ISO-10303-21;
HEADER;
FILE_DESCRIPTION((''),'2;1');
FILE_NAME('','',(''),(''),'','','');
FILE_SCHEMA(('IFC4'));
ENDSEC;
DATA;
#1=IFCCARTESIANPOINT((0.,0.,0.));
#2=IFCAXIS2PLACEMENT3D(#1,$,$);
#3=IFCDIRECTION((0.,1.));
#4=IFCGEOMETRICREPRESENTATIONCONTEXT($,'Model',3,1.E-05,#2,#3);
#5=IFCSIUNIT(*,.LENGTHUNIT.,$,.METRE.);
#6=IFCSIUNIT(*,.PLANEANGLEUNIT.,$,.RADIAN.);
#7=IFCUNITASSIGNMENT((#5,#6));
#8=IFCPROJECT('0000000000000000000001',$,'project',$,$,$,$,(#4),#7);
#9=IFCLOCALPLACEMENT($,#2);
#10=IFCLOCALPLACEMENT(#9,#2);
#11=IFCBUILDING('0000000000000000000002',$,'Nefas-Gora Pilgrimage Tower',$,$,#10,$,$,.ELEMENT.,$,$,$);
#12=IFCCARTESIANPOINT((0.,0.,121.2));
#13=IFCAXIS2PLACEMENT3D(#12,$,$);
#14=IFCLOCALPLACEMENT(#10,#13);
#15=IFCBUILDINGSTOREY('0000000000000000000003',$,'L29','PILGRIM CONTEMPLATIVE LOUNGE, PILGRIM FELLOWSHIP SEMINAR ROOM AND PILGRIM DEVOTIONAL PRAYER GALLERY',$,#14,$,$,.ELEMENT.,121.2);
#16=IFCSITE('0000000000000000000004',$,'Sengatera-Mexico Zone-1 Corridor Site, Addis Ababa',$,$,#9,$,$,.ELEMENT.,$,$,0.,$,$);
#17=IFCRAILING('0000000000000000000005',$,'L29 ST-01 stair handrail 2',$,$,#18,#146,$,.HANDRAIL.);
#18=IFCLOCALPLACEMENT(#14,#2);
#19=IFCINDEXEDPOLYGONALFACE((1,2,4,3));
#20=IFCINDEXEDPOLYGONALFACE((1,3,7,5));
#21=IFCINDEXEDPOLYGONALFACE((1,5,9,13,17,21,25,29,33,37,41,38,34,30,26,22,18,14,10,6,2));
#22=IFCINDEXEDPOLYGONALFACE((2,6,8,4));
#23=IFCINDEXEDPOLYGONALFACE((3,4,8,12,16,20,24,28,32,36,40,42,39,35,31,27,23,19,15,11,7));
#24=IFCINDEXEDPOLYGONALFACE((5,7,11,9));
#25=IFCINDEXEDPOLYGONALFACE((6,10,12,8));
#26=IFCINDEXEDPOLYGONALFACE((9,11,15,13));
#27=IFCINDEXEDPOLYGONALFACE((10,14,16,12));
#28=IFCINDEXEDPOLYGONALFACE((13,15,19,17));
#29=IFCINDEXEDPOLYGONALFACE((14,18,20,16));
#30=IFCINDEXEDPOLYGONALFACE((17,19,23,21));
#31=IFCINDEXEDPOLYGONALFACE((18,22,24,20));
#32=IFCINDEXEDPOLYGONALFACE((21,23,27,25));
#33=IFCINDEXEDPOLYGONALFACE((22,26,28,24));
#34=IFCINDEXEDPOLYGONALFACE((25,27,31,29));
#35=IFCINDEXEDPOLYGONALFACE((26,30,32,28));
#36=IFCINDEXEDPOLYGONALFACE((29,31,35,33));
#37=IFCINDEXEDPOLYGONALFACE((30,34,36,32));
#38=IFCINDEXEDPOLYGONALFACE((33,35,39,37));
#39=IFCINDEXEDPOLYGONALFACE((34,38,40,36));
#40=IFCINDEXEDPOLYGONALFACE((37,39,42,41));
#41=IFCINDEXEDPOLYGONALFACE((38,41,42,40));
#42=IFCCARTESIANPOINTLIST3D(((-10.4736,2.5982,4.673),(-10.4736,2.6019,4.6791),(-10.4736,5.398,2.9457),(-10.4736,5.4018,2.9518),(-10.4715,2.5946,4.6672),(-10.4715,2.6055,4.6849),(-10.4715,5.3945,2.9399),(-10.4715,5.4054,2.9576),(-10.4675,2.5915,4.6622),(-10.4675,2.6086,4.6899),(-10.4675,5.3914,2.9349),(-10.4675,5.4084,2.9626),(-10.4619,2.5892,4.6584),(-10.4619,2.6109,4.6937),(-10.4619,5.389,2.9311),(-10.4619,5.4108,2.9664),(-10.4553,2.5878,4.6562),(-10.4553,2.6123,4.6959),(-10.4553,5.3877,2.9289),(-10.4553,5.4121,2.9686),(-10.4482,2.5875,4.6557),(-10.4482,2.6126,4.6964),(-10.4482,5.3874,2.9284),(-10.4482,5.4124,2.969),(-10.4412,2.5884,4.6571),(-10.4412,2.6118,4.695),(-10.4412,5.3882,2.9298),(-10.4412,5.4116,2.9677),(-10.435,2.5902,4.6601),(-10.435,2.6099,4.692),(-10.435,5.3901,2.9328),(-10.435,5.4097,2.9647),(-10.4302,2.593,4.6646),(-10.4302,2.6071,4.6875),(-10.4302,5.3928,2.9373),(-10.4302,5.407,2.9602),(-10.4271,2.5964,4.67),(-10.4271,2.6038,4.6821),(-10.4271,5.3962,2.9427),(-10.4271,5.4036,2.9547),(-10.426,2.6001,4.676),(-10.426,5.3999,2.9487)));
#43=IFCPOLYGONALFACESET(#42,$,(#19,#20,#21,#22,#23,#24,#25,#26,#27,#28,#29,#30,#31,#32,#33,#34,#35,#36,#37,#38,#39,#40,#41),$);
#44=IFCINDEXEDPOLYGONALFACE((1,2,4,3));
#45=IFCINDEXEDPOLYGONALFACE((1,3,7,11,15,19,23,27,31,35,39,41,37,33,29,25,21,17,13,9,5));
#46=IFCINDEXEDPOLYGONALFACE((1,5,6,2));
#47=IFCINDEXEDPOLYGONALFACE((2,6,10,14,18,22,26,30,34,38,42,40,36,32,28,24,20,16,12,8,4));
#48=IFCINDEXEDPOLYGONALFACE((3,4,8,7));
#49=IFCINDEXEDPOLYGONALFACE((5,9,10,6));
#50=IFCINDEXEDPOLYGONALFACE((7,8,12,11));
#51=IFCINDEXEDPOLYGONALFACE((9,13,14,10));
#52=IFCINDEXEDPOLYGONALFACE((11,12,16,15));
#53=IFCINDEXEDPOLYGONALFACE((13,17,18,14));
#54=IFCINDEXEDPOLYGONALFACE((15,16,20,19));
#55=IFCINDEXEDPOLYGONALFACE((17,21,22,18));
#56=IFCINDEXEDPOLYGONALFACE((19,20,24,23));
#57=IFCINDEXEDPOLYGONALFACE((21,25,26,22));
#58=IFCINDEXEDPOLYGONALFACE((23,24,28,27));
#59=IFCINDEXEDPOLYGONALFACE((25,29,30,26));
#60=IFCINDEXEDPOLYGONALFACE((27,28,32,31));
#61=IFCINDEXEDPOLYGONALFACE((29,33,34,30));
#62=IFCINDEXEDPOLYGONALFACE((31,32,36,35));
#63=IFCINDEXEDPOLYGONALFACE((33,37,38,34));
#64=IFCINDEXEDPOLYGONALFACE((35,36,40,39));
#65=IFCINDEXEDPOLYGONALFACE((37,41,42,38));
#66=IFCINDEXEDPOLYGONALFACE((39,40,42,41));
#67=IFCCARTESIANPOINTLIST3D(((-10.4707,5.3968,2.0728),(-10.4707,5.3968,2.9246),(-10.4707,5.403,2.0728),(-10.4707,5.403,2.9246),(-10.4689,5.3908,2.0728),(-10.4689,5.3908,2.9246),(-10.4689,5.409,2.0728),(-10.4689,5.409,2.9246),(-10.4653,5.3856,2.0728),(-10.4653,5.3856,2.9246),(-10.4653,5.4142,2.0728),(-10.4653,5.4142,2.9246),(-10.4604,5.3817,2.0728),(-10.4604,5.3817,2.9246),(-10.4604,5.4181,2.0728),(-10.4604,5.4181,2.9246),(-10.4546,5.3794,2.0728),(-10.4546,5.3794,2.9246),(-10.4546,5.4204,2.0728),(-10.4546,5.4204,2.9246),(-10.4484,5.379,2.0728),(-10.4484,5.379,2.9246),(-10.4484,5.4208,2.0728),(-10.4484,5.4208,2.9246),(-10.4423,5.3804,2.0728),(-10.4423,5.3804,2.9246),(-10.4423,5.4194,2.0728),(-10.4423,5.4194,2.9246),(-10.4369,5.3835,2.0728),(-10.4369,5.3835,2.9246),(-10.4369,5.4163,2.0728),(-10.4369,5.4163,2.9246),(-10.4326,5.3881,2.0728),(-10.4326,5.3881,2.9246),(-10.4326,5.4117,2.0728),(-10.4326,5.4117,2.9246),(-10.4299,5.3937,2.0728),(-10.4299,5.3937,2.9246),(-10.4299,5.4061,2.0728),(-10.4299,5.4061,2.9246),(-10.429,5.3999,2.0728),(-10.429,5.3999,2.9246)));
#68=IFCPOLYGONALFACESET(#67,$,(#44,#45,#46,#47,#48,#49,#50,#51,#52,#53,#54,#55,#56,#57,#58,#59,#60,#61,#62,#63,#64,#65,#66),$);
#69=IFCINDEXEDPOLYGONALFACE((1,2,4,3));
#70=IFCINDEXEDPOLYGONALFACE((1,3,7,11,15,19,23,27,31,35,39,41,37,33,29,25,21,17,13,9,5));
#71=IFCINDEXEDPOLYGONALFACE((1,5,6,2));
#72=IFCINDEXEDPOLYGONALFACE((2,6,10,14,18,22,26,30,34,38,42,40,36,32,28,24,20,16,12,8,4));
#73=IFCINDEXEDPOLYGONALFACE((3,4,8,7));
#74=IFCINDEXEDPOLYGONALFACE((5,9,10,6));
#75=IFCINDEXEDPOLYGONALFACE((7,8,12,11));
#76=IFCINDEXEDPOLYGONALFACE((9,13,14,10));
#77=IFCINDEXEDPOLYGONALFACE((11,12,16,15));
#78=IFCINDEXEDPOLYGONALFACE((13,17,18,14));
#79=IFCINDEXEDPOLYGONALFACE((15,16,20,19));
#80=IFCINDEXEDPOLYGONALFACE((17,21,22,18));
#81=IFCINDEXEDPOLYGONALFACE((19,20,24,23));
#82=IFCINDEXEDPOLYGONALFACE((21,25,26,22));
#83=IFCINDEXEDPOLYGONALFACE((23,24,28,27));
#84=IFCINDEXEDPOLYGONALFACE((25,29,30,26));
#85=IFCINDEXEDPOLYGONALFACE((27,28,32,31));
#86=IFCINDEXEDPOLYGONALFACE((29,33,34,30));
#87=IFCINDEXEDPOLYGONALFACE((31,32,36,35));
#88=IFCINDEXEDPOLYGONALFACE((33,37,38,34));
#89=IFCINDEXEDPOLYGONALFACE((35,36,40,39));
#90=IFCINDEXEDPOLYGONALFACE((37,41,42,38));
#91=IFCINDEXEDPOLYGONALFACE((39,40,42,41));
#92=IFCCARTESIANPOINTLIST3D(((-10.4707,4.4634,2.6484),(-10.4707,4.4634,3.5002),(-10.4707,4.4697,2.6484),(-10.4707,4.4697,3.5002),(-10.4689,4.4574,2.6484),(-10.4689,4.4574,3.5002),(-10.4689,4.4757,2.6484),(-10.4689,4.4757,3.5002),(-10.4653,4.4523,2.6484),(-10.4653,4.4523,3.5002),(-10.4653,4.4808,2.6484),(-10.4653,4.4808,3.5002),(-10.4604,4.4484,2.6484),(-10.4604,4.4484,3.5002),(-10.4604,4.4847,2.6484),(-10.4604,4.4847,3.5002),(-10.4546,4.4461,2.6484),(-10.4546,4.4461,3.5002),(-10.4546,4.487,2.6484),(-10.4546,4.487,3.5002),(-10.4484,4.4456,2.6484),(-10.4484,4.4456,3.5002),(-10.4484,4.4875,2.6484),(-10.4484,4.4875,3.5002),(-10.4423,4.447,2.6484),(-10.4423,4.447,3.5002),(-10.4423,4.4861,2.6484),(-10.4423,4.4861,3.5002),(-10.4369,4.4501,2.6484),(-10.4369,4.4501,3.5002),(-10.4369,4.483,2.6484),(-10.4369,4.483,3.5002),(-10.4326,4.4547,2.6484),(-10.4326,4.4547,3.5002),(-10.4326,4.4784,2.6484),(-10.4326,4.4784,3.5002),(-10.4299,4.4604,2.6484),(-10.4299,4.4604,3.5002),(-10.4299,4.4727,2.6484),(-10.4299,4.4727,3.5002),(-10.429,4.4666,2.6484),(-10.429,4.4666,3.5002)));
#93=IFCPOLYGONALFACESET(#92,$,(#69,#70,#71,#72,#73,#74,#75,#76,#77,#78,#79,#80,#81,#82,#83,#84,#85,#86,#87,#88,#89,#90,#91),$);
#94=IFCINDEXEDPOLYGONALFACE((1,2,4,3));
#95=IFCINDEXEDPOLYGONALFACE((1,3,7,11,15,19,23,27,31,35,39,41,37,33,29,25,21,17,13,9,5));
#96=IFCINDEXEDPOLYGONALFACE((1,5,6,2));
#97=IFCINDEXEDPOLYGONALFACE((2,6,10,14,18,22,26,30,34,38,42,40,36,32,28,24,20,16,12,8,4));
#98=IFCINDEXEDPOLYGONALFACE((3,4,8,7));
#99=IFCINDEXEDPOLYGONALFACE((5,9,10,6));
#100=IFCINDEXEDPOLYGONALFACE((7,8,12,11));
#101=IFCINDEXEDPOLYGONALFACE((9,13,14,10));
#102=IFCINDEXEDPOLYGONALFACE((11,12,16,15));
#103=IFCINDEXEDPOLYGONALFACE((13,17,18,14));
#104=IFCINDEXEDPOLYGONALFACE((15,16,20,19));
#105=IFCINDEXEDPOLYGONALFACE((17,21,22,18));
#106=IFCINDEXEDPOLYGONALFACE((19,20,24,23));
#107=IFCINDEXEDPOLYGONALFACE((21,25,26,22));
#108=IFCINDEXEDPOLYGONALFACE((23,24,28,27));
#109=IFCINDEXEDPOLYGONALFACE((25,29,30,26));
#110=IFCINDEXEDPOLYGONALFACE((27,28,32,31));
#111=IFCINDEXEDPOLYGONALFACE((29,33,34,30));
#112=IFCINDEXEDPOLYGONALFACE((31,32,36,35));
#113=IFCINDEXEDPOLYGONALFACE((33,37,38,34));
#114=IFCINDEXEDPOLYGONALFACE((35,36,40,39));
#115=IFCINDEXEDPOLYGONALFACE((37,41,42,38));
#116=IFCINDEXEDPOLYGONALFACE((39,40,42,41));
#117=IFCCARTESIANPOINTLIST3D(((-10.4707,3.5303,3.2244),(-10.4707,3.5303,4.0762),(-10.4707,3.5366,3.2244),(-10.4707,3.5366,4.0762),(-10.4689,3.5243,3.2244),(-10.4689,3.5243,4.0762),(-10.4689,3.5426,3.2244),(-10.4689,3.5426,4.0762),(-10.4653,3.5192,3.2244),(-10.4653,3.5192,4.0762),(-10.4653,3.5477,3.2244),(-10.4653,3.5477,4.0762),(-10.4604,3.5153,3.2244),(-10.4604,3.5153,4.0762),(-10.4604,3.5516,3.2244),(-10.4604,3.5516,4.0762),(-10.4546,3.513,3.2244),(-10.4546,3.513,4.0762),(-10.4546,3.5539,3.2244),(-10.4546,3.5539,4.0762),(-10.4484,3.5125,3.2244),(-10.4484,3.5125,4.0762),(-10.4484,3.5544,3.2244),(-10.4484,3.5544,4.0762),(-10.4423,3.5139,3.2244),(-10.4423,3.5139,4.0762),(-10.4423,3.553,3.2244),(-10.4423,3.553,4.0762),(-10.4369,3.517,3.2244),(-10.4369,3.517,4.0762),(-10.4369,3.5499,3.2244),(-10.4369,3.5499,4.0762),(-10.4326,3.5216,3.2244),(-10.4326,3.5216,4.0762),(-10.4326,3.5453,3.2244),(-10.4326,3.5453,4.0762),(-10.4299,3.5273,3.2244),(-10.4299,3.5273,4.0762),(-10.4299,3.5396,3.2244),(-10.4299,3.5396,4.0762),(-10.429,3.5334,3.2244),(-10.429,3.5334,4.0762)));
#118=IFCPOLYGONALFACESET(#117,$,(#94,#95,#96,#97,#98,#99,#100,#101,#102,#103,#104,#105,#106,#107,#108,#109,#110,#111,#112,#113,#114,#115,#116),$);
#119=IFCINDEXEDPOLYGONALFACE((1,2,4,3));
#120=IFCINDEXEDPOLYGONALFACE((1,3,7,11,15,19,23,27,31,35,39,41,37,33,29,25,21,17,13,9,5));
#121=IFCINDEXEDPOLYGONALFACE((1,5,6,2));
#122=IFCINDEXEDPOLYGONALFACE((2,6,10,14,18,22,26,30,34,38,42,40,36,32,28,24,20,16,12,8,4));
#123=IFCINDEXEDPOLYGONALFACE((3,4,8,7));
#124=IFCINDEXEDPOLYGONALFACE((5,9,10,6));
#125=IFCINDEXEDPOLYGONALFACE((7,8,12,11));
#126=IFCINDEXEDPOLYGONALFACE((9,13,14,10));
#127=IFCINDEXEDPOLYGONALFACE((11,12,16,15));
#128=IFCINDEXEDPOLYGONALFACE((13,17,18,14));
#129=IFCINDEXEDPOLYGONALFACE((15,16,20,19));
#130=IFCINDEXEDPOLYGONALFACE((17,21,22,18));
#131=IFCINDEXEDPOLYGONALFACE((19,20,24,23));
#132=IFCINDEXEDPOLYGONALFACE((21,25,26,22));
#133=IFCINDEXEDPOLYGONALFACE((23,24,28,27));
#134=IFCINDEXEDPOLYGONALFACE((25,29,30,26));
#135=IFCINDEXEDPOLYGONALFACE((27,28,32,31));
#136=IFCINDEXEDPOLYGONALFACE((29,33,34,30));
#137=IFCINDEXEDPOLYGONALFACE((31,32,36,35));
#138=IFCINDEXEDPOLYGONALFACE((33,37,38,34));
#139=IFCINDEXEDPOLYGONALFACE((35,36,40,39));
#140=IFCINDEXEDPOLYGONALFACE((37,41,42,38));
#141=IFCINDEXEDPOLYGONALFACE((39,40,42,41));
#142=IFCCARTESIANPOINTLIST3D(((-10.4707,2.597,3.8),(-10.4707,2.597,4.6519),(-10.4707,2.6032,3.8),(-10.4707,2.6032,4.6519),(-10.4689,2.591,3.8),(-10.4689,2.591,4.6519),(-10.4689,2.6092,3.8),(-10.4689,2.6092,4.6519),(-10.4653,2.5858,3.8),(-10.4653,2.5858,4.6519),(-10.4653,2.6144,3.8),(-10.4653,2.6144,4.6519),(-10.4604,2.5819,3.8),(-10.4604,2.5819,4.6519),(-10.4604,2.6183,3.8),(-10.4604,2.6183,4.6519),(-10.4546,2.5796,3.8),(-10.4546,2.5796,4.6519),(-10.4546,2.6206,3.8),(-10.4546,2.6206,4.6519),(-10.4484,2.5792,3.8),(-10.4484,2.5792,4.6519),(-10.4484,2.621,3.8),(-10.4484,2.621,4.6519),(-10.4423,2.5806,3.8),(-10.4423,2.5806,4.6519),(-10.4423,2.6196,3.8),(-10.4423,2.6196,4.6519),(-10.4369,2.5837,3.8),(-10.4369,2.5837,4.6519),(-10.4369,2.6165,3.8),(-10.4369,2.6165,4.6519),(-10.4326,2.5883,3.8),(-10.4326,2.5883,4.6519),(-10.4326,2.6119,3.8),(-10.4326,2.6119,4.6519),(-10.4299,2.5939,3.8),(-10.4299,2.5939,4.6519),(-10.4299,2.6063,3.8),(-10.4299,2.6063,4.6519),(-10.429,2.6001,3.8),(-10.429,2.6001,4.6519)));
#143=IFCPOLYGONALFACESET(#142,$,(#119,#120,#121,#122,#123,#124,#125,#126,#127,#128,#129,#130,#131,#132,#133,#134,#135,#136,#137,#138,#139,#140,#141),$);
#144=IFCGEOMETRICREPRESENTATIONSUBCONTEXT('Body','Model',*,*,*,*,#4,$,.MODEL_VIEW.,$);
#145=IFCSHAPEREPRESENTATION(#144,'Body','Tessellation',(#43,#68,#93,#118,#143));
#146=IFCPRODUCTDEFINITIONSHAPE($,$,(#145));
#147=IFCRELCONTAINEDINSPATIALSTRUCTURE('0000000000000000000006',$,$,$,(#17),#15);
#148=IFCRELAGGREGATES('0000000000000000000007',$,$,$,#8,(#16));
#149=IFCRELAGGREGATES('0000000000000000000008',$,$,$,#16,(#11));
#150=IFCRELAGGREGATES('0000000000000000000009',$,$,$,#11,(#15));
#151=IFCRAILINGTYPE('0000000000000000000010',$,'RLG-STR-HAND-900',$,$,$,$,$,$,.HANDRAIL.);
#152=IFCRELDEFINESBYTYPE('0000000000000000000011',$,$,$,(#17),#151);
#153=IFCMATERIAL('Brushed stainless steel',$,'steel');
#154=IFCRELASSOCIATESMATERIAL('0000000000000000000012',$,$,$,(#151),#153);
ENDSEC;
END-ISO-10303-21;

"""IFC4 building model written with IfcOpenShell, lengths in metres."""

from ifc_helpers import new_model, si_unit, direction, frame, origin, origin_2d, place, context, subcontext, project, spatial, circle, extrude, material, type_object, element, save


model = new_model("IFC4")

# Units and contexts
model_context = context("Model", 3, precision=1e-05, world=origin(), true_north=direction((0.0, 1.0)))
body_context = subcontext(model_context, "Body", "Model", "MODEL_VIEW")
ifc_project = project(units=[si_unit("LENGTHUNIT", "METRE"), si_unit("PLANEANGLEUNIT", "RADIAN")], contexts=[model_context])

# Site, building, storey
site_placement = place(None, origin())
site = spatial("IfcSite", under=ifc_project, at=site_placement, Name="Sengatera-Mexico Zone-1 Corridor Site, Addis Ababa", CompositionType="ELEMENT", RefElevation=0.0)
building_placement = place(site_placement, origin())
building = spatial("IfcBuilding", under=site, at=building_placement, Name="Nefas-Gora Pilgrimage Tower", CompositionType="ELEMENT")
storey_placement = place(building_placement, frame((0.0, 0.0, 121.2)))
storey = spatial("IfcBuildingStorey", under=building, at=storey_placement, Name="L29", Description="PILGRIM CONTEMPLATIVE LOUNGE, PILGRIM FELLOWSHIP SEMINAR ROOM AND PILGRIM DEVOTIONAL PRAYER GALLERY", CompositionType="ELEMENT", Elevation=121.2)

# Railing
ifc_material_1 = material(Name="Brushed stainless steel", Category="steel")
railing_type_1 = type_object("IfcRailingType", Name="RLG-STR-HAND-900", PredefinedType="HANDRAIL", material=ifc_material_1)
railing_1_placement = place(storey_placement, frame((-10.45, 5.3999, 2.0728)))
element("IfcRailing", 1, at=railing_1_placement, inside=storey, type_object=railing_type_1, Name="L29 ST-01 stair handrail 2", PredefinedType="HANDRAIL", context=body_context, shape_type="SweptSolid", body=[
    extrude(circle(Radius=0.0239, at=origin_2d()), frame((0.0, 0.0, 0.876), z_axis=(0.0, -0.851069, 0.525054), x_axis=(1.0, 0.0, 0.0)), (0.0, 0.0, 1.0), 3.2898),
    extrude(circle(Radius=0.021, at=origin_2d()), origin(), (0.0, 0.0, 1.0), 0.8518),
    extrude(circle(Radius=0.021, at=origin_2d()), frame((0.0, -0.9333, 0.5757)), (0.0, 0.0, 1.0), 0.8518),
    extrude(circle(Radius=0.021, at=origin_2d()), frame((0.0, -1.8665, 1.1516)), (0.0, 0.0, 1.0), 0.8518),
    extrude(circle(Radius=0.021, at=origin_2d()), frame((0.0, -2.7998, 1.7273)), (0.0, 0.0, 1.0), 0.8518),
])

save(model, "model.ifc")
